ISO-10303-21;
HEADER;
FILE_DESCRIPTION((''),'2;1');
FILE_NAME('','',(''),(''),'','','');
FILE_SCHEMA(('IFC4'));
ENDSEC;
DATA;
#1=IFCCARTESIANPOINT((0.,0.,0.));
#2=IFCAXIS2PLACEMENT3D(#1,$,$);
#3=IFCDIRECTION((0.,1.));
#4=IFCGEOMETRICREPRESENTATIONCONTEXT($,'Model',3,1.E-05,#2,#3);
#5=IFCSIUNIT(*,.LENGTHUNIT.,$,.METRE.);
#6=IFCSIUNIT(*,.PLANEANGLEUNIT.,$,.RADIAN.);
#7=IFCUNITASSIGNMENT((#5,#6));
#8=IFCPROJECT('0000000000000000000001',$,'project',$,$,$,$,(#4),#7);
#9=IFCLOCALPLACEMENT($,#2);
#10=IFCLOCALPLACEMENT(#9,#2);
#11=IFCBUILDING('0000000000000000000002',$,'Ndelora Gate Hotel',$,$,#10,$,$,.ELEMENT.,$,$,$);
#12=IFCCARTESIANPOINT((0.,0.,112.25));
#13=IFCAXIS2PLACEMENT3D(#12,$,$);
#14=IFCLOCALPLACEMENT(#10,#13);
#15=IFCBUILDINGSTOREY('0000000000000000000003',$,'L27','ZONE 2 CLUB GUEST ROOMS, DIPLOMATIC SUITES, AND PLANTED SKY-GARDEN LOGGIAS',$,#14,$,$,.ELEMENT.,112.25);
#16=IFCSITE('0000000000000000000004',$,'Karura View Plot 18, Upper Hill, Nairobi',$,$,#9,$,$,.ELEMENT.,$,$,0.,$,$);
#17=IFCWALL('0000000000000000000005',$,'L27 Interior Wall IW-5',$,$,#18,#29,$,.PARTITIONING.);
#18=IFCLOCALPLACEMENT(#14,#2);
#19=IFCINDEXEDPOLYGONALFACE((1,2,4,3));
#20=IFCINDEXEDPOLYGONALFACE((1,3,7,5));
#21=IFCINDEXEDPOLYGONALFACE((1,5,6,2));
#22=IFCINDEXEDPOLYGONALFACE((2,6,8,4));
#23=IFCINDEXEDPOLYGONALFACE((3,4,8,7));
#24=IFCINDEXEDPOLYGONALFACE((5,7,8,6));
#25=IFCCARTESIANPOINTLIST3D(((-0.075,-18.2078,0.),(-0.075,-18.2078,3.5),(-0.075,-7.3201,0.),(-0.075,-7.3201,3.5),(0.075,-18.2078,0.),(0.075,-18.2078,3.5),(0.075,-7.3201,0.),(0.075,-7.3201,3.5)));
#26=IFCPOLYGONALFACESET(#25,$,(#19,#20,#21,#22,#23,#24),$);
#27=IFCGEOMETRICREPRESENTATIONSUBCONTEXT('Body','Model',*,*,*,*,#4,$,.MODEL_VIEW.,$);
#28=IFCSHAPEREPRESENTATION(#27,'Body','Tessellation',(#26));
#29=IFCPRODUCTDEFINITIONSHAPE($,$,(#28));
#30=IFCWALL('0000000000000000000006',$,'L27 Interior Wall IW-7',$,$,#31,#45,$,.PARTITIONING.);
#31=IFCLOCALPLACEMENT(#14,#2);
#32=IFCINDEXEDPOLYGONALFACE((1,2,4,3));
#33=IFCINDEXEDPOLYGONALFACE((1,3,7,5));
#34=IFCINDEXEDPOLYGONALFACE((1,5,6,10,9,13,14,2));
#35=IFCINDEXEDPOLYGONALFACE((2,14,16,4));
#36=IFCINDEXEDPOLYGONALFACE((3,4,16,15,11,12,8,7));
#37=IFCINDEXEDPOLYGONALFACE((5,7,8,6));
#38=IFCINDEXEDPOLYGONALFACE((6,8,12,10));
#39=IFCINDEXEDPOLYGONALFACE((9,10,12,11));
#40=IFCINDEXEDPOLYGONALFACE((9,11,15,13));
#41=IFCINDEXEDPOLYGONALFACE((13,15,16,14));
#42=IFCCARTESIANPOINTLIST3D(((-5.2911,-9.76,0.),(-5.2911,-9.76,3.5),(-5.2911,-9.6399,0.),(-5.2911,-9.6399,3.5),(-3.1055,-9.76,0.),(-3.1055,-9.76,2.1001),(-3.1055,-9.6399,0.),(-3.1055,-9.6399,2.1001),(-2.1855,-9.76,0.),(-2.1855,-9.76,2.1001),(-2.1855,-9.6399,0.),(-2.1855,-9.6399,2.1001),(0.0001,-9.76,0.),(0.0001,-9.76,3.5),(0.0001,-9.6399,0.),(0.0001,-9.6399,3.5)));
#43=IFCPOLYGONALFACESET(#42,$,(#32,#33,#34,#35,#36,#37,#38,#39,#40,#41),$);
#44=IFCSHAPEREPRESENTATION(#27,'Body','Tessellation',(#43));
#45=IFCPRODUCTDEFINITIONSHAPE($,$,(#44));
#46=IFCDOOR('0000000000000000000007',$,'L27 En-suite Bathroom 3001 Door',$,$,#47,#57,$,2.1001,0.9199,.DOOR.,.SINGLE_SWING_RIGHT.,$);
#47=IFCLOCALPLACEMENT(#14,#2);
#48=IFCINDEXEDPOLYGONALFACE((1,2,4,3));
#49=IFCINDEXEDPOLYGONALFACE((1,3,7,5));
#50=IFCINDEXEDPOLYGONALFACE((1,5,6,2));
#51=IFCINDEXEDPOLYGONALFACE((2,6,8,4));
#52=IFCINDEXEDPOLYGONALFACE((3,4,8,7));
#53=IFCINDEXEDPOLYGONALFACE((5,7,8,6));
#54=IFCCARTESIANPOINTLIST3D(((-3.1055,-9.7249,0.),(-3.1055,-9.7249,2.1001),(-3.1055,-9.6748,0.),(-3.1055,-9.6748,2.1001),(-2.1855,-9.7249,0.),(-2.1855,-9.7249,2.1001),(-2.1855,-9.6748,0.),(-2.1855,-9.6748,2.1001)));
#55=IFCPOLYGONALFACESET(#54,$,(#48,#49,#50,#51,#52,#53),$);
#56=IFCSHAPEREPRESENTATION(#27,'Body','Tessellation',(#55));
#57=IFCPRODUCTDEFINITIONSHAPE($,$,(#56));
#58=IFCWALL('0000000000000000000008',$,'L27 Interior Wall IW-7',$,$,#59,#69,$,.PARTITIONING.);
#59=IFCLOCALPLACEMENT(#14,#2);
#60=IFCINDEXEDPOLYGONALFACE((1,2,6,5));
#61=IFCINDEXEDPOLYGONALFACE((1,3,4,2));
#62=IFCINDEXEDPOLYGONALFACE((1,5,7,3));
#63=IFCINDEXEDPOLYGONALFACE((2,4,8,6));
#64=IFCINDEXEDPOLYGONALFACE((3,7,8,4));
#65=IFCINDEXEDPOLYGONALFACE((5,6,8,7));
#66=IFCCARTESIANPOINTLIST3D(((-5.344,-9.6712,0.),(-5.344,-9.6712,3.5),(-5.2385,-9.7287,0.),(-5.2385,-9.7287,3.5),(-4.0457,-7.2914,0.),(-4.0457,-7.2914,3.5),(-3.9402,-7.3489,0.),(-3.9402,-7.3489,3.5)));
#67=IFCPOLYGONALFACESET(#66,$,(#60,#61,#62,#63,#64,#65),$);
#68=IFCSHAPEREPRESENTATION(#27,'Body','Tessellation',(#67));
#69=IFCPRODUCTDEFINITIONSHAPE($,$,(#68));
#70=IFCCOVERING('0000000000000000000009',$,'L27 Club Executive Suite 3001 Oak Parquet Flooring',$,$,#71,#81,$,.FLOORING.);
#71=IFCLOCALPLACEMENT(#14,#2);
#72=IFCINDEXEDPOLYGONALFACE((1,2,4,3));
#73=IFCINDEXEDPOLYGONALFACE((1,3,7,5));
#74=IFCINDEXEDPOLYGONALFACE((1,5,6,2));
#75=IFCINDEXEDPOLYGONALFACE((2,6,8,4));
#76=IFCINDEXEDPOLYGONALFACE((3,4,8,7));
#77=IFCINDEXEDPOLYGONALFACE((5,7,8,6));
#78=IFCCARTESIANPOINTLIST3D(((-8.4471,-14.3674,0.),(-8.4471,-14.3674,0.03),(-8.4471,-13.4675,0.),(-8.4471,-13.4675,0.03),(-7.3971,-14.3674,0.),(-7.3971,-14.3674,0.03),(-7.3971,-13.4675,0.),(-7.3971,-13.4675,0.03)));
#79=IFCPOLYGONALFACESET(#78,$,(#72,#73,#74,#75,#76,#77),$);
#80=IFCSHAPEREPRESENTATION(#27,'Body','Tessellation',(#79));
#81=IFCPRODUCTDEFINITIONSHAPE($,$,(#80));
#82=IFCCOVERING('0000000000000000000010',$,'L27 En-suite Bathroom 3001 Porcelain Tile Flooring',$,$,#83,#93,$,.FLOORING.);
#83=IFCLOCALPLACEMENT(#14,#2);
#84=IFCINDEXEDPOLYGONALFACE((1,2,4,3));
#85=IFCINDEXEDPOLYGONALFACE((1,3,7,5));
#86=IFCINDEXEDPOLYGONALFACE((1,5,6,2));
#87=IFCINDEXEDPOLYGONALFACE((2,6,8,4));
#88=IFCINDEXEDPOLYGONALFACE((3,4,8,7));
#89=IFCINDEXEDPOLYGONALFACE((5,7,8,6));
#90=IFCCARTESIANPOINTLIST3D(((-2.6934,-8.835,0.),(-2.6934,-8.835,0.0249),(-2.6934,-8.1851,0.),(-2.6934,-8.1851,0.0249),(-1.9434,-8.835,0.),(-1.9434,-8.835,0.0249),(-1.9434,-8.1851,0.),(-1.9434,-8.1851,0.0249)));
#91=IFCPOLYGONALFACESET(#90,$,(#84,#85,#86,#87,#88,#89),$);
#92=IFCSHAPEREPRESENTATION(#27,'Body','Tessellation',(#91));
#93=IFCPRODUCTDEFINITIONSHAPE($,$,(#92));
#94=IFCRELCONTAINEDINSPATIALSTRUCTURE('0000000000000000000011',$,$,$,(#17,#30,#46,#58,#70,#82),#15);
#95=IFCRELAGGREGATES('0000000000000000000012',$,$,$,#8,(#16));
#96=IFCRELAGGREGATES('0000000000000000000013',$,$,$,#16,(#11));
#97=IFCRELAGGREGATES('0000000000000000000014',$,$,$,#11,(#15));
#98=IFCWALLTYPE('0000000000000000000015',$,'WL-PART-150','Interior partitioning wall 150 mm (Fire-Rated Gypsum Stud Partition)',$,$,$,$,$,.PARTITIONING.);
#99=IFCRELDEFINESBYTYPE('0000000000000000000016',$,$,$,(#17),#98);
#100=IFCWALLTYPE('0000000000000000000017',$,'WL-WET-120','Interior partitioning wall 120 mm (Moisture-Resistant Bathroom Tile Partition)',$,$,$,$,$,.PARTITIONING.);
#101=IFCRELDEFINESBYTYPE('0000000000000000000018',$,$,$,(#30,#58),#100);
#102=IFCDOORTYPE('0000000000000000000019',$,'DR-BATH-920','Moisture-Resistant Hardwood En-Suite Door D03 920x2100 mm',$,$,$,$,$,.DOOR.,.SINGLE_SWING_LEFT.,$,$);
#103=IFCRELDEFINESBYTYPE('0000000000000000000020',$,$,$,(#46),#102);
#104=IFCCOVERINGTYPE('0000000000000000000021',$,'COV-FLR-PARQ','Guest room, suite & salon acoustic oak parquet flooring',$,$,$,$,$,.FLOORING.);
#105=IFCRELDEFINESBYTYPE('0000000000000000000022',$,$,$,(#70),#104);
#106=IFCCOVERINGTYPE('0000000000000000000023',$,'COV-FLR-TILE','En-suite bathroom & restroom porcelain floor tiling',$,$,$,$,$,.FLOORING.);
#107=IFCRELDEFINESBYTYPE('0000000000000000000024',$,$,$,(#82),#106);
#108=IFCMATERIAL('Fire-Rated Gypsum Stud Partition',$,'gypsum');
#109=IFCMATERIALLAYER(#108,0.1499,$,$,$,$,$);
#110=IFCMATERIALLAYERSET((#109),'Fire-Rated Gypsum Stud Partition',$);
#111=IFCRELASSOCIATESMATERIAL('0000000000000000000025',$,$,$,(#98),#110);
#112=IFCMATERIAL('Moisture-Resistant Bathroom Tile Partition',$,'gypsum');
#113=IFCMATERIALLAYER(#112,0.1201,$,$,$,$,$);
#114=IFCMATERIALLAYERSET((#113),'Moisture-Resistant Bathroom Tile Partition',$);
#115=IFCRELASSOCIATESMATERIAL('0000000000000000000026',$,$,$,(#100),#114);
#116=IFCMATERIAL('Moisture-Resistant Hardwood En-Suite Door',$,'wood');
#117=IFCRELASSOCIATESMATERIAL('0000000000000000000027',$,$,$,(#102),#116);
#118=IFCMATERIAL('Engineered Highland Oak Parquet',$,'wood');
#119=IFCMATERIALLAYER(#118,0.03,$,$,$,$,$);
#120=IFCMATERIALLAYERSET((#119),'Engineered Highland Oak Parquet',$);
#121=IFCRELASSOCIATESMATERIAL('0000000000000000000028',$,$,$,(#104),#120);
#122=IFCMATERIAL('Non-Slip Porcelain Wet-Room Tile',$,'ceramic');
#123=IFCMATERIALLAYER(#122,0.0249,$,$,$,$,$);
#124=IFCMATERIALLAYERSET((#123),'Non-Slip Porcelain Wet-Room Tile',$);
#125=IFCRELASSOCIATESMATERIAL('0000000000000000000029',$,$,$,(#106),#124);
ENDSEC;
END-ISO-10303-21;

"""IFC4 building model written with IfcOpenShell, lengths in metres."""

from ifc_helpers import new_model, si_unit, direction, frame, frame_2d, origin, origin_2d, place, context, subcontext, project, spatial, rectangle, extrude, material, layer, layer_set, type_object, element, fill, save


model = new_model("IFC4")

# Units and contexts
model_context = context("Model", 3, precision=1e-05, world=origin(), true_north=direction((0.0, 1.0)))
body_context = subcontext(model_context, "Body", "Model", "MODEL_VIEW")
ifc_project = project(units=[si_unit("LENGTHUNIT", "METRE"), si_unit("PLANEANGLEUNIT", "RADIAN")], contexts=[model_context])

# Site, building, storey
site_placement = place(None, origin())
site = spatial("IfcSite", under=ifc_project, at=site_placement, Name="Karura View Plot 18, Upper Hill, Nairobi", CompositionType="ELEMENT", RefElevation=0.0)
building_placement = place(site_placement, origin())
building = spatial("IfcBuilding", under=site, at=building_placement, Name="Ndelora Gate Hotel", CompositionType="ELEMENT")
storey_placement = place(building_placement, frame((0.0, 0.0, 112.25)))
storey = spatial("IfcBuildingStorey", under=building, at=storey_placement, Name="L27", Description="ZONE 2 CLUB GUEST ROOMS, DIPLOMATIC SUITES, AND PLANTED SKY-GARDEN LOGGIAS", CompositionType="ELEMENT", Elevation=112.25)

# Wall
ifc_material_1 = material(Name="Fire-Rated Gypsum Stud Partition", Category="gypsum")
ifc_layer_1 = layer(ifc_material_1, 0.1499)
ifc_layer_set_1 = layer_set([ifc_layer_1], Name="Fire-Rated Gypsum Stud Partition")
wall_type_1 = type_object("IfcWallType", Name="WL-PART-150", Description="Interior partitioning wall 150 mm (Fire-Rated Gypsum Stud Partition)", PredefinedType="PARTITIONING", material=ifc_layer_set_1)
wall_1_placement = place(storey_placement, frame((0.0, -7.3201, 0.0), z_axis=(0.0, 0.0, 1.0), x_axis=(0.0, -1.0, 0.0)))
element("IfcWall", 1, at=wall_1_placement, inside=storey, type_object=wall_type_1, Name="L27 Interior Wall IW-5", PredefinedType="PARTITIONING", context=body_context, shape_type="SweptSolid", body=[
    extrude(rectangle(XDim=10.8877, YDim=0.1499, at=frame_2d((5.4438, 0.0))), origin(), (0.0, 0.0, 1.0), 3.5),
])

# Wall, opening, door
ifc_material_2 = material(Name="Moisture-Resistant Bathroom Tile Partition", Category="gypsum")
ifc_layer_2 = layer(ifc_material_2, 0.1201)
ifc_layer_set_2 = layer_set([ifc_layer_2], Name="Moisture-Resistant Bathroom Tile Partition")
wall_type_2 = type_object("IfcWallType", Name="WL-WET-120", Description="Interior partitioning wall 120 mm (Moisture-Resistant Bathroom Tile Partition)", PredefinedType="PARTITIONING", material=ifc_layer_set_2)
wall_2_placement = place(storey_placement, frame((0.0, -9.7, 0.0), z_axis=(0.0, 0.0, 1.0), x_axis=(-1.0, 0.0, 0.0)))
wall_2 = element("IfcWall", 2, at=wall_2_placement, inside=storey, type_object=wall_type_2, Name="L27 Interior Wall IW-7", PredefinedType="PARTITIONING", context=body_context, shape_type="SweptSolid", body=[
    extrude(rectangle(XDim=5.2913, YDim=0.1201, at=frame_2d((2.6455, 0.0))), origin(), (0.0, 0.0, 1.0), 3.5),
])
opening_1_placement = place(wall_2_placement, frame((2.1855, 0.0, 0.0)))
opening_1 = element("IfcOpeningElement", 3, at=opening_1_placement, cuts=wall_2, PredefinedType="OPENING", context=body_context, shape_type="SweptSolid", body=[
    extrude(rectangle(XDim=0.9199, YDim=2.1001, at=frame_2d((0.46, 1.05))), frame((0.0, 0.0701, 0.0), z_axis=(0.0, -1.0, 0.0), x_axis=(1.0, 0.0, 0.0)), (0.0, 0.0, 1.0), 0.1401),
])
ifc_material_3 = material(Name="Moisture-Resistant Hardwood En-Suite Door", Category="wood")
door_type = type_object("IfcDoorType", Name="DR-BATH-920", Description="Moisture-Resistant Hardwood En-Suite Door D03 920x2100 mm", OperationType="SINGLE_SWING_LEFT", PredefinedType="DOOR", material=ifc_material_3)
door_placement = place(opening_1_placement, origin())
door = element("IfcDoor", 4, at=door_placement, inside=storey, type_object=door_type, Name="L27 En-suite Bathroom 3001 Door", OperationType="SINGLE_SWING_RIGHT", OverallHeight=2.1001, OverallWidth=0.9199, PredefinedType="DOOR", context=body_context, shape_type="SweptSolid", body=[
    extrude(rectangle(XDim=0.9199, YDim=2.1001, at=frame_2d((0.46, 1.05))), frame((0.0, 0.0249, 0.0), z_axis=(0.0, -1.0, 0.0), x_axis=(1.0, 0.0, 0.0)), (0.0, 0.0, 1.0), 0.05),
])
fill(opening_1, door)

# Wall
wall_3_placement = place(storey_placement, frame((-5.2913, -9.7, 0.0), z_axis=(0.0, 0.0, 1.0), x_axis=(0.478915, 0.877861, 0.0)))
element("IfcWall", 5, at=wall_3_placement, inside=storey, type_object=wall_type_2, Name="L27 Interior Wall IW-7", PredefinedType="PARTITIONING", context=body_context, shape_type="SweptSolid", body=[
    extrude(rectangle(XDim=2.7109, YDim=0.1201, at=frame_2d((1.3555, 0.0))), origin(), (0.0, 0.0, 1.0), 3.5),
])

# Coverings
ifc_material_4 = material(Name="Engineered Highland Oak Parquet", Category="wood")
ifc_layer_3 = layer(ifc_material_4, 0.03)
ifc_layer_set_3 = layer_set([ifc_layer_3], Name="Engineered Highland Oak Parquet")
covering_type_1 = type_object("IfcCoveringType", Name="COV-FLR-PARQ", Description="Guest room, suite & salon acoustic oak parquet flooring", PredefinedType="FLOORING", material=ifc_layer_set_3)
covering_1_placement = place(storey_placement, frame((-7.9221, -13.9175, 0.0), z_axis=(0.0, 0.0, 1.0), x_axis=(1.0, 0.0, 0.0)))
element("IfcCovering", 6, at=covering_1_placement, inside=storey, type_object=covering_type_1, Name="L27 Club Executive Suite 3001 Oak Parquet Flooring", PredefinedType="FLOORING", context=body_context, shape_type="SweptSolid", body=[
    extrude(rectangle(XDim=1.05, YDim=0.8999, at=origin_2d()), origin(), (0.0, 0.0, 1.0), 0.03),
])
ifc_material_5 = material(Name="Non-Slip Porcelain Wet-Room Tile", Category="ceramic")
ifc_layer_4 = layer(ifc_material_5, 0.0249)
ifc_layer_set_4 = layer_set([ifc_layer_4], Name="Non-Slip Porcelain Wet-Room Tile")
covering_type_2 = type_object("IfcCoveringType", Name="COV-FLR-TILE", Description="En-suite bathroom & restroom porcelain floor tiling", PredefinedType="FLOORING", material=ifc_layer_set_4)
covering_2_placement = place(storey_placement, frame((-2.3184, -8.51, 0.0), z_axis=(0.0, 0.0, 1.0), x_axis=(1.0, 0.0, 0.0)))
element("IfcCovering", 7, at=covering_2_placement, inside=storey, type_object=covering_type_2, Name="L27 En-suite Bathroom 3001 Porcelain Tile Flooring", PredefinedType="FLOORING", context=body_context, shape_type="SweptSolid", body=[
    extrude(rectangle(XDim=0.75, YDim=0.6499, at=origin_2d()), origin(), (0.0, 0.0, 1.0), 0.0249),
])

save(model, "model.ifc")
